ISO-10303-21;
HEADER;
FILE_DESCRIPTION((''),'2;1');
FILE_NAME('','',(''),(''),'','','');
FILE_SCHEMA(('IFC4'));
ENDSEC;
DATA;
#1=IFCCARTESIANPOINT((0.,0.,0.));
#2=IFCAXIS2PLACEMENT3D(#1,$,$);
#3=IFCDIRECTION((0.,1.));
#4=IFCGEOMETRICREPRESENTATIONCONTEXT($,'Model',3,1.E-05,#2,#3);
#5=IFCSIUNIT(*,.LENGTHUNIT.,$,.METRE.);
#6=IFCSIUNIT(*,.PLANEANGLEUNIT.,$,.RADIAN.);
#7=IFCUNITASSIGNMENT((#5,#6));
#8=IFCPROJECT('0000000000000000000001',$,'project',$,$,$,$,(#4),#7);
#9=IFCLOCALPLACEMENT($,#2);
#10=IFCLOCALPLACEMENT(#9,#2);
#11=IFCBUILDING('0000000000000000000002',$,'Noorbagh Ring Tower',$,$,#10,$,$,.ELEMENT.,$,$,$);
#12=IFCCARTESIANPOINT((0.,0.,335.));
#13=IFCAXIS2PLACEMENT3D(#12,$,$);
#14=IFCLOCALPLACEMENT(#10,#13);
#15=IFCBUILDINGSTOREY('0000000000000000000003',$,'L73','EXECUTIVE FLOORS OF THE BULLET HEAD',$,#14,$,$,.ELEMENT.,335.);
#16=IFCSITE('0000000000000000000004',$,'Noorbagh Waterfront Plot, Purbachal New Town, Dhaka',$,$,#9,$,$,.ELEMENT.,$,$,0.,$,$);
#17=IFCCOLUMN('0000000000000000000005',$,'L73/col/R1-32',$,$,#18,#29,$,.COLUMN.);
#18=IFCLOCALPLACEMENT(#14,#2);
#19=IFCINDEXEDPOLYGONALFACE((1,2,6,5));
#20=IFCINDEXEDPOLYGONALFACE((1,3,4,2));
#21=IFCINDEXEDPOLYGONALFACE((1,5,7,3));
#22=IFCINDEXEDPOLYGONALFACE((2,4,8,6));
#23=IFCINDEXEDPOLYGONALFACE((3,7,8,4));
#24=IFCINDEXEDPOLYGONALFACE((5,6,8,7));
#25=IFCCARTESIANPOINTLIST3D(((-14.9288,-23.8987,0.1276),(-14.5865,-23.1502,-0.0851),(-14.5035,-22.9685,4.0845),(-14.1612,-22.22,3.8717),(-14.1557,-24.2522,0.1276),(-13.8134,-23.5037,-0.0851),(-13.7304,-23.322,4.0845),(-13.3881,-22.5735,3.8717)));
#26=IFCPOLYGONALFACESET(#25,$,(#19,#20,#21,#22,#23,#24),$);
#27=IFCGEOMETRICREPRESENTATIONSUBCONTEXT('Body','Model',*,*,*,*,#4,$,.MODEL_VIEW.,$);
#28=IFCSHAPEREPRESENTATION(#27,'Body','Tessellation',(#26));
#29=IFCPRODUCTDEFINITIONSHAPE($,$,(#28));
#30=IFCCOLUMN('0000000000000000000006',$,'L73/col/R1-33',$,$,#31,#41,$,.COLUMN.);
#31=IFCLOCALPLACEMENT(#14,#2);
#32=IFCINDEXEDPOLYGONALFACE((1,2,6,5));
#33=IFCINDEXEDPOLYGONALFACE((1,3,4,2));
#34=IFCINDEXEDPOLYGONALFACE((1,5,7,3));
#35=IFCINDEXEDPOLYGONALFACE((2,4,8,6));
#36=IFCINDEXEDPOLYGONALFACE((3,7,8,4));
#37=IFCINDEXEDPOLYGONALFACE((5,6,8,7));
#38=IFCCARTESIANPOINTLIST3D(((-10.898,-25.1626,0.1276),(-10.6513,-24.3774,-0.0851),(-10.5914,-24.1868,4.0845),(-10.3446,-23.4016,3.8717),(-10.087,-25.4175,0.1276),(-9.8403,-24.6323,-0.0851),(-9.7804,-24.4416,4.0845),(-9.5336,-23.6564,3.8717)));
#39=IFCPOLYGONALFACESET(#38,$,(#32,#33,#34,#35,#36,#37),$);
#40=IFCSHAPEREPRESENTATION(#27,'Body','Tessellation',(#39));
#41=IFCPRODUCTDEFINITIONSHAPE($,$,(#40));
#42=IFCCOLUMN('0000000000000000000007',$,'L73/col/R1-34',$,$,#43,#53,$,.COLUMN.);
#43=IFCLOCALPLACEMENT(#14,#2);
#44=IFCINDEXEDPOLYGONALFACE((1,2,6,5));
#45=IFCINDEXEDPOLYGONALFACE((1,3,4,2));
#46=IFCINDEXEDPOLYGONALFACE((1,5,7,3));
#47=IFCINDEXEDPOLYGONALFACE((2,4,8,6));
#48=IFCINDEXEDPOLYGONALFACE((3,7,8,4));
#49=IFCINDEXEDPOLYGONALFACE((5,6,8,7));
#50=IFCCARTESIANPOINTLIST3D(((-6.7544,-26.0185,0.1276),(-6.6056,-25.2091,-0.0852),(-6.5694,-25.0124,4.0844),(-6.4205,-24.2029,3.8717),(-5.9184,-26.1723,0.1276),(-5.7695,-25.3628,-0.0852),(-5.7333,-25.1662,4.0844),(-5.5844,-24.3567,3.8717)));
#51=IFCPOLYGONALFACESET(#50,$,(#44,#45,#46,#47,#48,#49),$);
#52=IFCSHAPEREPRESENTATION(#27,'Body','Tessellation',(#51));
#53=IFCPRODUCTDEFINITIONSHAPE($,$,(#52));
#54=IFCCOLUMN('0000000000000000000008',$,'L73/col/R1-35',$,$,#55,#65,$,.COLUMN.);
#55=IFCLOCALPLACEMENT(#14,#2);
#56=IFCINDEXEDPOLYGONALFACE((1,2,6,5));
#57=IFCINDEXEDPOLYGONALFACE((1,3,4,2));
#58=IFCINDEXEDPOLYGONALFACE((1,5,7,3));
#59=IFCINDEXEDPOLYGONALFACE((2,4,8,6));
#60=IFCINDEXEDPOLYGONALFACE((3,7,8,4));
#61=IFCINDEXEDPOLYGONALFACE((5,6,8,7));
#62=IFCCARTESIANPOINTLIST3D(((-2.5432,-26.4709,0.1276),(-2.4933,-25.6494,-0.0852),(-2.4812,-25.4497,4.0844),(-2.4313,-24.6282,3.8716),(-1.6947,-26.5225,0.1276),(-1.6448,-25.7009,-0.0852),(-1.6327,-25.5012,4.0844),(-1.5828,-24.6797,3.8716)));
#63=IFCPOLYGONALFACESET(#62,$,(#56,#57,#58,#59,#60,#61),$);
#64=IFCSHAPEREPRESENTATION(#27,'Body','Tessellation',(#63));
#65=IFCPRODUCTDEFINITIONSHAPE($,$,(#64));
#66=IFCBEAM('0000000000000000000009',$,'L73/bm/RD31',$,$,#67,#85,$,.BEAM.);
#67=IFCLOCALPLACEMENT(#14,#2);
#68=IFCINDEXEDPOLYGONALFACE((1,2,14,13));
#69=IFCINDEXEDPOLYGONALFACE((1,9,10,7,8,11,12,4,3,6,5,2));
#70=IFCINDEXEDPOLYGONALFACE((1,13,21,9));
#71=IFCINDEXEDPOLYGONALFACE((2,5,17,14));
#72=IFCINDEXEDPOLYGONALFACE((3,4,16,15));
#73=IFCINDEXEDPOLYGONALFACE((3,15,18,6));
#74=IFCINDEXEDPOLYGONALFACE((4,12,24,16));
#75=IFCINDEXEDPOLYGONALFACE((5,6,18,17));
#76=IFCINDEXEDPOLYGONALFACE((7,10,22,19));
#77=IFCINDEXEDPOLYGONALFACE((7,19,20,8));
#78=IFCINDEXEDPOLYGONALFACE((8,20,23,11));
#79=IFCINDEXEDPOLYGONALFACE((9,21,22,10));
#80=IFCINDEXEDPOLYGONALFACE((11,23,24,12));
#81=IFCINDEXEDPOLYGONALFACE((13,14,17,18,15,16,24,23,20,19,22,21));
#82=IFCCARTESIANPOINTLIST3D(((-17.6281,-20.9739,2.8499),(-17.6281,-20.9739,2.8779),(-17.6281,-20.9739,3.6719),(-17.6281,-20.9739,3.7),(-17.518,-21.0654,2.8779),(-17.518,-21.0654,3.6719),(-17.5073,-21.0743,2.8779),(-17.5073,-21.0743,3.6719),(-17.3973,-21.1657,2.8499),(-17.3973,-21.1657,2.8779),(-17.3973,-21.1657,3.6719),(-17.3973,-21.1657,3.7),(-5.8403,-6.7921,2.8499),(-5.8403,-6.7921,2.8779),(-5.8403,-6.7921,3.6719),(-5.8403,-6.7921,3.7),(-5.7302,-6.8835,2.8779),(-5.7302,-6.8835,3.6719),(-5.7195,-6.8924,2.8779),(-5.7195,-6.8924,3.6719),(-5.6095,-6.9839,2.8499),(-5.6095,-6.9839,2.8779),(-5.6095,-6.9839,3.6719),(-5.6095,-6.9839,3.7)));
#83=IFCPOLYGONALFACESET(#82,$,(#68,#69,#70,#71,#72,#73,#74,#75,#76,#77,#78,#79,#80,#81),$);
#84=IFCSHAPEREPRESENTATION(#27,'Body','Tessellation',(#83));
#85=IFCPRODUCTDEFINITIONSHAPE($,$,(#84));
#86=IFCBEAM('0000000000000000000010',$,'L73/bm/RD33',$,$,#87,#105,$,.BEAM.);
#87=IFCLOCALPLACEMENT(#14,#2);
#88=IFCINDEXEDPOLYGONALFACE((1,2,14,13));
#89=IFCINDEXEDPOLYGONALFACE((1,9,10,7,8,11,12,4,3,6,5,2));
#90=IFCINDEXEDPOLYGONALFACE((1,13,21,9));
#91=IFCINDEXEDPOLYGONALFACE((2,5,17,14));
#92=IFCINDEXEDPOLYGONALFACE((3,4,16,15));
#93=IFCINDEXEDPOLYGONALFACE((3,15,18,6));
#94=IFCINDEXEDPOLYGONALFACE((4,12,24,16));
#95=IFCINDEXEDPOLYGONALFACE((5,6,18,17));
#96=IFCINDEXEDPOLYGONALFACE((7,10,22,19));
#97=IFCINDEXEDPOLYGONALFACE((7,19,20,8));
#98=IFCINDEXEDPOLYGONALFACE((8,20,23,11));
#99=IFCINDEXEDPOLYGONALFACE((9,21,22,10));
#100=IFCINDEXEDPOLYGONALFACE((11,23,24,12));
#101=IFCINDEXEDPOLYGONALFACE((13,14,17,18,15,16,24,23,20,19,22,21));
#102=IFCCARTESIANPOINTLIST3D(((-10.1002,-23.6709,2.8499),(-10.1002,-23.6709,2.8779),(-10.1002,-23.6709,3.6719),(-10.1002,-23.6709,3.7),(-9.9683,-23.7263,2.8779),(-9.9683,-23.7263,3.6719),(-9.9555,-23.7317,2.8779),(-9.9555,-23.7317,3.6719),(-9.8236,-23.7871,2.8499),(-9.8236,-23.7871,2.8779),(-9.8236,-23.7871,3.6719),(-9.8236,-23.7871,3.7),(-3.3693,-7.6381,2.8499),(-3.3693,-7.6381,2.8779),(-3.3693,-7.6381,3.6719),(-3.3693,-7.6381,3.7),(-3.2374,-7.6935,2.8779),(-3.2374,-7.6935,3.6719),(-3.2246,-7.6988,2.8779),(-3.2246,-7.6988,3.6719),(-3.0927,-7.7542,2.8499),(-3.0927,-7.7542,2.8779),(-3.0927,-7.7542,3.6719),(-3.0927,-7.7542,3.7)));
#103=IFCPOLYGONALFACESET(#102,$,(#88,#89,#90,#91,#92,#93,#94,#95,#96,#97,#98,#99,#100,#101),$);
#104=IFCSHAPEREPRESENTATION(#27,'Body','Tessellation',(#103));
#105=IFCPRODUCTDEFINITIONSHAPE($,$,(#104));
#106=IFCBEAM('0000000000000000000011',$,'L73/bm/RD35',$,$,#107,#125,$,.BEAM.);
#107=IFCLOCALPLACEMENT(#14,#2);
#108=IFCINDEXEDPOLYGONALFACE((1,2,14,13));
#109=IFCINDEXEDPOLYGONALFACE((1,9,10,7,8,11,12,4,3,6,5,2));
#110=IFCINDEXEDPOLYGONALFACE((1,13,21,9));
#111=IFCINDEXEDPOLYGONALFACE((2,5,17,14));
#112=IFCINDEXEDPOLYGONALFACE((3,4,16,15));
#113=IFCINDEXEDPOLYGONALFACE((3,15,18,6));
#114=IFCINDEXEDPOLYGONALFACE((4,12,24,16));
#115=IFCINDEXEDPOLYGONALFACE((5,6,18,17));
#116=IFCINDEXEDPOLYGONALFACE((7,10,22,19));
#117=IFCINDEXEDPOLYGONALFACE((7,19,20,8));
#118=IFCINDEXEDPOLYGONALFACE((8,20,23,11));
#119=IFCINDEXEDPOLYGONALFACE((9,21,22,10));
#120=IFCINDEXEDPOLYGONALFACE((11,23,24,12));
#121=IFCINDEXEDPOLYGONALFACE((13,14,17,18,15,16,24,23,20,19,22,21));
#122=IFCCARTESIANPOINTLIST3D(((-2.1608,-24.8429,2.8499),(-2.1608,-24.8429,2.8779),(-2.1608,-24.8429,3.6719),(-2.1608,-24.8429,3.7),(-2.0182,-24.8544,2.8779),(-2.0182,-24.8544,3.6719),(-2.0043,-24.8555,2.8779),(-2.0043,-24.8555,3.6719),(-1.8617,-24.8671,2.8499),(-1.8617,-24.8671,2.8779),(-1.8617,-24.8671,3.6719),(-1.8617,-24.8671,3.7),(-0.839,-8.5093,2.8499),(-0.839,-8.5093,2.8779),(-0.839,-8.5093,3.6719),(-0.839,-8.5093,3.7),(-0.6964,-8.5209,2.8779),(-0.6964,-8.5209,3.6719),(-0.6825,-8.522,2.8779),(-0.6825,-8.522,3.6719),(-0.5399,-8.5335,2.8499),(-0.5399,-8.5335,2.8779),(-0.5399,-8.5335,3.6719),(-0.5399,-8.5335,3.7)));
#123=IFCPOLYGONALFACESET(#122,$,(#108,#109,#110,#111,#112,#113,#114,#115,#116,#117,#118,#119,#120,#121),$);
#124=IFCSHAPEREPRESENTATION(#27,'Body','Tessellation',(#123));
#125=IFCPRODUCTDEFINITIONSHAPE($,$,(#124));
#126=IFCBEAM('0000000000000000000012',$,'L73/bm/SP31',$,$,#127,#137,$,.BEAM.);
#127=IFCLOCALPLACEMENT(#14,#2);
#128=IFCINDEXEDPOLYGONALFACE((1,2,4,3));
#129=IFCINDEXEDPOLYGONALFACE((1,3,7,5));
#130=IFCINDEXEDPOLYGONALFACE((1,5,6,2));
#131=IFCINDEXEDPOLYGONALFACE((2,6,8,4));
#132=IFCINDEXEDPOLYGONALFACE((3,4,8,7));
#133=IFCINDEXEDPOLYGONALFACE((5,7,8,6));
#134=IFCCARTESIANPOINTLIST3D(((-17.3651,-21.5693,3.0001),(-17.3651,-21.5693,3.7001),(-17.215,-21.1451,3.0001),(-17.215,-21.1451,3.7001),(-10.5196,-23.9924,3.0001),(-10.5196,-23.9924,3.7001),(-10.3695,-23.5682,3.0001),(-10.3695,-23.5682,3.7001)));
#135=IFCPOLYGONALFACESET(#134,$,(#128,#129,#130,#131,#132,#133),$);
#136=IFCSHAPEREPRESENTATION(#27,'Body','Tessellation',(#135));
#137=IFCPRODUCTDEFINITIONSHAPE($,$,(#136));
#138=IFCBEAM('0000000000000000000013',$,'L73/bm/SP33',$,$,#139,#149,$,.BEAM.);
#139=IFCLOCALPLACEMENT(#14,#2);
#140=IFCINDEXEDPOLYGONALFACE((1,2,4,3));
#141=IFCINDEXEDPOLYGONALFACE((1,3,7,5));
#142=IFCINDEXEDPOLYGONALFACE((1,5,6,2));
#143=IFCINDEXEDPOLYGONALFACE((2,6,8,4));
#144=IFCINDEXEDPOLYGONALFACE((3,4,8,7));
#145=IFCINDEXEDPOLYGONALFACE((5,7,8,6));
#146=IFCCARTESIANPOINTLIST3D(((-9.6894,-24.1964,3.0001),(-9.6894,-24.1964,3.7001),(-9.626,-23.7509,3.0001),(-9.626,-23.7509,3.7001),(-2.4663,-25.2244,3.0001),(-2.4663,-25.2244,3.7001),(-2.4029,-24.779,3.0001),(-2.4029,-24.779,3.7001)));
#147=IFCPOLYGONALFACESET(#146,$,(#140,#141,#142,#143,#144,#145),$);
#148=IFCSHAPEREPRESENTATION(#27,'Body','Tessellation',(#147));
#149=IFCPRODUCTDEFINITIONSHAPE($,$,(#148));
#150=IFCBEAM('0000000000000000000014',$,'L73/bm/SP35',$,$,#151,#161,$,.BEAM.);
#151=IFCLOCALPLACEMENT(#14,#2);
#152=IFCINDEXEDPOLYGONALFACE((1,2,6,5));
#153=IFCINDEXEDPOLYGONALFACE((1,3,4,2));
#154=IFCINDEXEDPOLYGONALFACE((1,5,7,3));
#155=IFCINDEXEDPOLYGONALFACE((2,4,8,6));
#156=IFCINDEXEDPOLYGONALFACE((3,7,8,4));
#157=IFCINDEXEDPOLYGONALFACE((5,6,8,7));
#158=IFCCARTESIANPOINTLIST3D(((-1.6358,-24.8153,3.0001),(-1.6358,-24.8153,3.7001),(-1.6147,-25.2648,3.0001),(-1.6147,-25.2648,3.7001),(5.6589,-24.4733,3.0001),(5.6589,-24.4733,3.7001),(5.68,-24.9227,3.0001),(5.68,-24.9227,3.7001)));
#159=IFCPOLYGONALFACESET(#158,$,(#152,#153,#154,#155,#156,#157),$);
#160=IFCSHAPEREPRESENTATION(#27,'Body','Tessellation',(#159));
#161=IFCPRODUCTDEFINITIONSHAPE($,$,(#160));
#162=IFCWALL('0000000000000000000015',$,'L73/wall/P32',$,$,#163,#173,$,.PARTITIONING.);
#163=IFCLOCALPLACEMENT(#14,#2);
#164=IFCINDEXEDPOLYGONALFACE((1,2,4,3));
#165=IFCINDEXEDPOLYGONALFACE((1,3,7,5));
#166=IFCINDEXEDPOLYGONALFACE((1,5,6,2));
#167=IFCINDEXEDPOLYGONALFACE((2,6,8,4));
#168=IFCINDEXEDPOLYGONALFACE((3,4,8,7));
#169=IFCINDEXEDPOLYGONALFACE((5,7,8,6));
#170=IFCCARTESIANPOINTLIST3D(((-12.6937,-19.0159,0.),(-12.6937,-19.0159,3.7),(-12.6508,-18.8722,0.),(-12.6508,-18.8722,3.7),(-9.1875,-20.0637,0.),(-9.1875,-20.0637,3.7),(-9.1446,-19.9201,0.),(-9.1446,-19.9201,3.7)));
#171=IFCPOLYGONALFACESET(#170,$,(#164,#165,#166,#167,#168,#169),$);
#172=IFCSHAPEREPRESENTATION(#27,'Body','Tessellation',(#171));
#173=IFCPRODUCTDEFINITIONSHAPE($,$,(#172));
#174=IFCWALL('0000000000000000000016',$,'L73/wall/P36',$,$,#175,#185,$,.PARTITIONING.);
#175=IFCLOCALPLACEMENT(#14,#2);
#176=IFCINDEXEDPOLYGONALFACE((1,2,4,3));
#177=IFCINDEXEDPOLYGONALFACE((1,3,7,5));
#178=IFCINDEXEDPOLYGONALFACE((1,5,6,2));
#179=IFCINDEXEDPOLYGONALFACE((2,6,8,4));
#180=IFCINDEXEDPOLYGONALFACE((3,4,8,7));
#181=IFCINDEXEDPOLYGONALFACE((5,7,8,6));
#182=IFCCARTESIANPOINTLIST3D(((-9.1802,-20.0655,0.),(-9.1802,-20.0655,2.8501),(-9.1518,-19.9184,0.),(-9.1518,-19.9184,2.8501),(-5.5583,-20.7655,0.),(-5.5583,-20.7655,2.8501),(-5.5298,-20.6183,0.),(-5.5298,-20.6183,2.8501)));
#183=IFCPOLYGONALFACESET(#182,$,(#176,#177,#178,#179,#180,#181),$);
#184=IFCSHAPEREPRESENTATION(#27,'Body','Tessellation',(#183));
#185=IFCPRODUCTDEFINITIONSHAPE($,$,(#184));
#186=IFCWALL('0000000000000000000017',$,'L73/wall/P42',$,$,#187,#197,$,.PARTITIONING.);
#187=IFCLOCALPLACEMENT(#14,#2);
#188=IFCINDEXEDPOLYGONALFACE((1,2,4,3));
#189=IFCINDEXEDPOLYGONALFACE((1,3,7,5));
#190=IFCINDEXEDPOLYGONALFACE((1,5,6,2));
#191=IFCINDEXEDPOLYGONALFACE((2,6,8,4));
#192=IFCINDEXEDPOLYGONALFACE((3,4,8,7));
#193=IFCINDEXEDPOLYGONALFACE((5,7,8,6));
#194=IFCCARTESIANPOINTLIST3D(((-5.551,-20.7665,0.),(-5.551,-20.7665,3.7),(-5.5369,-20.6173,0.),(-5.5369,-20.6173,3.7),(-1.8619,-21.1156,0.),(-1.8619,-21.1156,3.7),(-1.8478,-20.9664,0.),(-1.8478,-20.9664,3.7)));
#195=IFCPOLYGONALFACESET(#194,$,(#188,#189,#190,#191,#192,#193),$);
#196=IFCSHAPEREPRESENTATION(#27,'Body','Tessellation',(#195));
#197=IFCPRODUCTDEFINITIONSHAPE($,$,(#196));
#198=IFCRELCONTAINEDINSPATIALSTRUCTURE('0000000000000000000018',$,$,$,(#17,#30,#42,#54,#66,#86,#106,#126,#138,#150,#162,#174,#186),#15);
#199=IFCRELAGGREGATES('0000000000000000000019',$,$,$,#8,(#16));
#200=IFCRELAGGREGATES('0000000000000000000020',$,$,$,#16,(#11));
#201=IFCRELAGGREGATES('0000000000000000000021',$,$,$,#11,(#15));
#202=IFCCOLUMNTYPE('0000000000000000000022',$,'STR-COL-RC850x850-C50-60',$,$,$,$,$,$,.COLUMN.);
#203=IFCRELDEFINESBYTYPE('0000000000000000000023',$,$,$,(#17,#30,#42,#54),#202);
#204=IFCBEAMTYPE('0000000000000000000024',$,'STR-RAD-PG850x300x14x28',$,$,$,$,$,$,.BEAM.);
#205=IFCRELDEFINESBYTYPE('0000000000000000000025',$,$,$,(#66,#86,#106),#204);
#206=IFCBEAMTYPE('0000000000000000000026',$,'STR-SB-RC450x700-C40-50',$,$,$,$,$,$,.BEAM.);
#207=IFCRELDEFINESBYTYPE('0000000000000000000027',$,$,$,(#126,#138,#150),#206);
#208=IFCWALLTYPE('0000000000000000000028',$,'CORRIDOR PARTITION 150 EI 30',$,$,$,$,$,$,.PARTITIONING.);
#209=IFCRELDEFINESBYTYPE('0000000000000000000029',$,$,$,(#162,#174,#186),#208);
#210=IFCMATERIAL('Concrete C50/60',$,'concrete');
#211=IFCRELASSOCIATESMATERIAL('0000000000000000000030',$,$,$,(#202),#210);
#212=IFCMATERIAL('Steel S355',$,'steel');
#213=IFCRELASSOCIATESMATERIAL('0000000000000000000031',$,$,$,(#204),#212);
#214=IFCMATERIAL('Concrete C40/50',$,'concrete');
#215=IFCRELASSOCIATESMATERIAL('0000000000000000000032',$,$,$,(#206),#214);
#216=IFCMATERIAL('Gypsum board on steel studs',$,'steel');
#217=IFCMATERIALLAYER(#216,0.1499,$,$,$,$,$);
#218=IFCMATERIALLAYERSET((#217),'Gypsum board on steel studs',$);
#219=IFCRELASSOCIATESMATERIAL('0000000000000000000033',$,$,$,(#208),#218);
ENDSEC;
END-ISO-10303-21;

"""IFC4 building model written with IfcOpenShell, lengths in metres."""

from ifc_helpers import new_model, si_unit, direction, frame, frame_2d, origin, origin_2d, place, context, subcontext, project, spatial, rectangle, i_section, extrude, material, layer, layer_set, material_profile, profile_set, type_object, element, save


model = new_model("IFC4")

# Units and contexts
model_context = context("Model", 3, precision=1e-05, world=origin(), true_north=direction((0.0, 1.0)))
body_context = subcontext(model_context, "Body", "Model", "MODEL_VIEW")
ifc_project = project(units=[si_unit("LENGTHUNIT", "METRE"), si_unit("PLANEANGLEUNIT", "RADIAN")], contexts=[model_context])

# Site, building, storey
site_placement = place(None, origin())
site = spatial("IfcSite", under=ifc_project, at=site_placement, Name="Noorbagh Waterfront Plot, Purbachal New Town, Dhaka", CompositionType="ELEMENT", RefElevation=0.0)
building_placement = place(site_placement, origin())
building = spatial("IfcBuilding", under=site, at=building_placement, Name="Noorbagh Ring Tower", CompositionType="ELEMENT")
storey_placement = place(building_placement, frame((0.0, 0.0, 335.0)))
storey = spatial("IfcBuildingStorey", under=building, at=storey_placement, Name="L73", Description="EXECUTIVE FLOORS OF THE BULLET HEAD", CompositionType="ELEMENT", Elevation=335.0)

# Columns
ifc_material_1 = material(Name="Concrete C50/60", Category="concrete")
ifc_material_profile_1 = material_profile(ifc_material_1, rectangle(XDim=0.8501, YDim=0.8501, at=origin_2d()), Name="RC850x850")
ifc_profile_set_1 = profile_set([ifc_material_profile_1], Name="Concrete C50/60")
column_type = type_object("IfcColumnType", Name="STR-COL-RC850x850-C50-60", PredefinedType="COLUMN", material=ifc_profile_set_1)
for number, where, z_axis, x_axis, name in (
    (1, (-14.3711, -23.7012, 0.0212), (0.104064, 0.227603, 0.968178), (-0.909449, 0.415816, 0.0), "L73/col/R1-32"),
    (2, (-10.3691, -24.8975, 0.0212), (0.075031, 0.238772, 0.968173), (-0.954007, 0.299783, 0.0), "L73/col/R1-33"),
    (3, (-6.262, -25.6907, 0.0212), (0.045281, 0.246178, 0.968166), (-0.983501, 0.180901, 0.0), "L73/col/R1-34"),
    (4, (-2.094, -26.0859, 0.0212), (0.015173, 0.24988, 0.968158), (-0.998162, 0.06061, 0.0), "L73/col/R1-35"),
):
    element("IfcColumn", number, at=place(storey_placement, frame(where, z_axis=z_axis, x_axis=x_axis)), inside=storey, type_object=column_type, Name=name, PredefinedType="COLUMN", context=body_context, shape_type="SweptSolid", body=[
        extrude(rectangle(XDim=0.8501, YDim=0.8501, at=origin_2d()), origin(), (0.0, 0.0, 1.0), 4.0869),
    ])

# Beams
ifc_material_2 = material(Name="Steel S355", Category="steel")
ifc_material_profile_2 = material_profile(ifc_material_2, i_section(OverallWidth=0.3, OverallDepth=0.8501, WebThickness=0.0139, FlangeThickness=0.0281, at=origin_2d()), Name="PG850x300x14x28")
ifc_profile_set_2 = profile_set([ifc_material_profile_2], Name="Steel S355")
beam_type_1 = type_object("IfcBeamType", Name="STR-RAD-PG850x300x14x28", PredefinedType="BEAM", material=ifc_profile_set_2)
beam_1_placement = place(storey_placement, frame((-17.5127, -21.0698, 3.2749), z_axis=(0.639211, 0.769031, 0.0), x_axis=(-0.769031, 0.639211, 0.0)))
element("IfcBeam", 5, at=beam_1_placement, inside=storey, type_object=beam_type_1, Name="L73/bm/RD31", PredefinedType="BEAM", context=body_context, shape_type="SweptSolid", body=[
    extrude(i_section(OverallWidth=0.3, OverallDepth=0.8501, WebThickness=0.0139, FlangeThickness=0.0281, at=origin_2d()), origin(), (0.0, 0.0, 1.0), 18.4412),
])
beam_2_placement = place(storey_placement, frame((-9.9619, -23.729, 3.2749), z_axis=(0.387091, 0.922041, 0.0), x_axis=(-0.922041, 0.387091, 0.0)))
element("IfcBeam", 6, at=beam_2_placement, inside=storey, type_object=beam_type_1, Name="L73/bm/RD33", PredefinedType="BEAM", context=body_context, shape_type="SweptSolid", body=[
    extrude(i_section(OverallWidth=0.3, OverallDepth=0.8501, WebThickness=0.0139, FlangeThickness=0.0281, at=origin_2d()), origin(), (0.0, 0.0, 1.0), 17.3884),
])
beam_3_placement = place(storey_placement, frame((-2.0112, -24.855, 3.2749), z_axis=(0.080661, 0.996742, 0.0), x_axis=(-0.996742, 0.080661, 0.0)))
element("IfcBeam", 7, at=beam_3_placement, inside=storey, type_object=beam_type_1, Name="L73/bm/RD35", PredefinedType="BEAM", context=body_context, shape_type="SweptSolid", body=[
    extrude(i_section(OverallWidth=0.3, OverallDepth=0.8501, WebThickness=0.0139, FlangeThickness=0.0281, at=origin_2d()), origin(), (0.0, 0.0, 1.0), 16.387),
])
ifc_material_3 = material(Name="Concrete C40/50", Category="concrete")
ifc_material_profile_3 = material_profile(ifc_material_3, rectangle(XDim=0.45, YDim=0.7, at=origin_2d()), Name="RC450x700")
ifc_profile_set_3 = profile_set([ifc_material_profile_3], Name="Concrete C40/50")
beam_type_2 = type_object("IfcBeamType", Name="STR-SB-RC450x700-C40-50", PredefinedType="BEAM", material=ifc_profile_set_3)
beam_4_placement = place(storey_placement, frame((-17.29, -21.3572, 3.3501), z_axis=(0.942685, -0.333683, 0.0), x_axis=(0.333683, 0.942685, 0.0)))
element("IfcBeam", 8, at=beam_4_placement, inside=storey, type_object=beam_type_2, Name="L73/bm/SP31", PredefinedType="BEAM", context=body_context, shape_type="SweptSolid", body=[
    extrude(rectangle(XDim=0.45, YDim=0.7, at=origin_2d()), origin(), (0.0, 0.0, 1.0), 7.2617),
])
beam_5_placement = place(storey_placement, frame((-9.6577, -23.9736, 3.3501), z_axis=(0.990022, -0.140911, 0.0), x_axis=(0.140911, 0.990022, 0.0)))
element("IfcBeam", 9, at=beam_5_placement, inside=storey, type_object=beam_type_2, Name="L73/bm/SP33", PredefinedType="BEAM", context=body_context, shape_type="SweptSolid", body=[
    extrude(rectangle(XDim=0.45, YDim=0.7, at=origin_2d()), origin(), (0.0, 0.0, 1.0), 7.2959),
])
beam_6_placement = place(storey_placement, frame((-1.6252, -25.04, 3.3501), z_axis=(0.998903, 0.046838, 0.0), x_axis=(-0.046838, 0.998903, 0.0)))
element("IfcBeam", 10, at=beam_6_placement, inside=storey, type_object=beam_type_2, Name="L73/bm/SP35", PredefinedType="BEAM", context=body_context, shape_type="SweptSolid", body=[
    extrude(rectangle(XDim=0.45, YDim=0.7, at=origin_2d()), origin(), (0.0, 0.0, 1.0), 7.3027),
])

# Walls
ifc_material_4 = material(Name="Gypsum board on steel studs", Category="steel")
ifc_layer_1 = layer(ifc_material_4, 0.1499)
ifc_layer_set_1 = layer_set([ifc_layer_1], Name="Gypsum board on steel studs")
wall_type_1 = type_object("IfcWallType", Name="CORRIDOR PARTITION 150 EI 30", PredefinedType="PARTITIONING", material=ifc_layer_set_1)
wall_1_placement = place(storey_placement, frame((-12.6721, -18.9441, 0.0), z_axis=(0.0, 0.0, 1.0), x_axis=(0.958125, -0.28635, 0.0)))
element("IfcWall", 11, at=wall_1_placement, inside=storey, type_object=wall_type_1, Name="L73/wall/P32", PredefinedType="PARTITIONING", context=body_context, shape_type="SweptSolid", body=[
    extrude(rectangle(XDim=3.6594, YDim=0.1499, at=frame_2d((1.8296, 0.0))), origin(), (0.0, 0.0, 1.0), 3.7),
])
wall_2_placement = place(storey_placement, frame((-9.166, -19.9919, 0.0), z_axis=(0.0, 0.0, 1.0), x_axis=(0.981835, -0.189736, 0.0)))
element("IfcWall", 12, at=wall_2_placement, inside=storey, type_object=wall_type_1, Name="L73/wall/P36", PredefinedType="PARTITIONING", context=body_context, shape_type="SweptSolid", body=[
    extrude(rectangle(XDim=3.689, YDim=0.1499, at=frame_2d((1.8445, 0.0))), origin(), (0.0, 0.0, 1.0), 2.8501),
])
wall_3_placement = place(storey_placement, frame((-5.5439, -20.6919, 0.0), z_axis=(0.0, 0.0, 1.0), x_axis=(0.995552, -0.094218, 0.0)))
element("IfcWall", 13, at=wall_3_placement, inside=storey, type_object=wall_type_1, Name="L73/wall/P42", PredefinedType="PARTITIONING", context=body_context, shape_type="SweptSolid", body=[
    extrude(rectangle(XDim=3.7056, YDim=0.1499, at=frame_2d((1.8528, 0.0))), origin(), (0.0, 0.0, 1.0), 3.7),
])

save(model, "model.ifc")
